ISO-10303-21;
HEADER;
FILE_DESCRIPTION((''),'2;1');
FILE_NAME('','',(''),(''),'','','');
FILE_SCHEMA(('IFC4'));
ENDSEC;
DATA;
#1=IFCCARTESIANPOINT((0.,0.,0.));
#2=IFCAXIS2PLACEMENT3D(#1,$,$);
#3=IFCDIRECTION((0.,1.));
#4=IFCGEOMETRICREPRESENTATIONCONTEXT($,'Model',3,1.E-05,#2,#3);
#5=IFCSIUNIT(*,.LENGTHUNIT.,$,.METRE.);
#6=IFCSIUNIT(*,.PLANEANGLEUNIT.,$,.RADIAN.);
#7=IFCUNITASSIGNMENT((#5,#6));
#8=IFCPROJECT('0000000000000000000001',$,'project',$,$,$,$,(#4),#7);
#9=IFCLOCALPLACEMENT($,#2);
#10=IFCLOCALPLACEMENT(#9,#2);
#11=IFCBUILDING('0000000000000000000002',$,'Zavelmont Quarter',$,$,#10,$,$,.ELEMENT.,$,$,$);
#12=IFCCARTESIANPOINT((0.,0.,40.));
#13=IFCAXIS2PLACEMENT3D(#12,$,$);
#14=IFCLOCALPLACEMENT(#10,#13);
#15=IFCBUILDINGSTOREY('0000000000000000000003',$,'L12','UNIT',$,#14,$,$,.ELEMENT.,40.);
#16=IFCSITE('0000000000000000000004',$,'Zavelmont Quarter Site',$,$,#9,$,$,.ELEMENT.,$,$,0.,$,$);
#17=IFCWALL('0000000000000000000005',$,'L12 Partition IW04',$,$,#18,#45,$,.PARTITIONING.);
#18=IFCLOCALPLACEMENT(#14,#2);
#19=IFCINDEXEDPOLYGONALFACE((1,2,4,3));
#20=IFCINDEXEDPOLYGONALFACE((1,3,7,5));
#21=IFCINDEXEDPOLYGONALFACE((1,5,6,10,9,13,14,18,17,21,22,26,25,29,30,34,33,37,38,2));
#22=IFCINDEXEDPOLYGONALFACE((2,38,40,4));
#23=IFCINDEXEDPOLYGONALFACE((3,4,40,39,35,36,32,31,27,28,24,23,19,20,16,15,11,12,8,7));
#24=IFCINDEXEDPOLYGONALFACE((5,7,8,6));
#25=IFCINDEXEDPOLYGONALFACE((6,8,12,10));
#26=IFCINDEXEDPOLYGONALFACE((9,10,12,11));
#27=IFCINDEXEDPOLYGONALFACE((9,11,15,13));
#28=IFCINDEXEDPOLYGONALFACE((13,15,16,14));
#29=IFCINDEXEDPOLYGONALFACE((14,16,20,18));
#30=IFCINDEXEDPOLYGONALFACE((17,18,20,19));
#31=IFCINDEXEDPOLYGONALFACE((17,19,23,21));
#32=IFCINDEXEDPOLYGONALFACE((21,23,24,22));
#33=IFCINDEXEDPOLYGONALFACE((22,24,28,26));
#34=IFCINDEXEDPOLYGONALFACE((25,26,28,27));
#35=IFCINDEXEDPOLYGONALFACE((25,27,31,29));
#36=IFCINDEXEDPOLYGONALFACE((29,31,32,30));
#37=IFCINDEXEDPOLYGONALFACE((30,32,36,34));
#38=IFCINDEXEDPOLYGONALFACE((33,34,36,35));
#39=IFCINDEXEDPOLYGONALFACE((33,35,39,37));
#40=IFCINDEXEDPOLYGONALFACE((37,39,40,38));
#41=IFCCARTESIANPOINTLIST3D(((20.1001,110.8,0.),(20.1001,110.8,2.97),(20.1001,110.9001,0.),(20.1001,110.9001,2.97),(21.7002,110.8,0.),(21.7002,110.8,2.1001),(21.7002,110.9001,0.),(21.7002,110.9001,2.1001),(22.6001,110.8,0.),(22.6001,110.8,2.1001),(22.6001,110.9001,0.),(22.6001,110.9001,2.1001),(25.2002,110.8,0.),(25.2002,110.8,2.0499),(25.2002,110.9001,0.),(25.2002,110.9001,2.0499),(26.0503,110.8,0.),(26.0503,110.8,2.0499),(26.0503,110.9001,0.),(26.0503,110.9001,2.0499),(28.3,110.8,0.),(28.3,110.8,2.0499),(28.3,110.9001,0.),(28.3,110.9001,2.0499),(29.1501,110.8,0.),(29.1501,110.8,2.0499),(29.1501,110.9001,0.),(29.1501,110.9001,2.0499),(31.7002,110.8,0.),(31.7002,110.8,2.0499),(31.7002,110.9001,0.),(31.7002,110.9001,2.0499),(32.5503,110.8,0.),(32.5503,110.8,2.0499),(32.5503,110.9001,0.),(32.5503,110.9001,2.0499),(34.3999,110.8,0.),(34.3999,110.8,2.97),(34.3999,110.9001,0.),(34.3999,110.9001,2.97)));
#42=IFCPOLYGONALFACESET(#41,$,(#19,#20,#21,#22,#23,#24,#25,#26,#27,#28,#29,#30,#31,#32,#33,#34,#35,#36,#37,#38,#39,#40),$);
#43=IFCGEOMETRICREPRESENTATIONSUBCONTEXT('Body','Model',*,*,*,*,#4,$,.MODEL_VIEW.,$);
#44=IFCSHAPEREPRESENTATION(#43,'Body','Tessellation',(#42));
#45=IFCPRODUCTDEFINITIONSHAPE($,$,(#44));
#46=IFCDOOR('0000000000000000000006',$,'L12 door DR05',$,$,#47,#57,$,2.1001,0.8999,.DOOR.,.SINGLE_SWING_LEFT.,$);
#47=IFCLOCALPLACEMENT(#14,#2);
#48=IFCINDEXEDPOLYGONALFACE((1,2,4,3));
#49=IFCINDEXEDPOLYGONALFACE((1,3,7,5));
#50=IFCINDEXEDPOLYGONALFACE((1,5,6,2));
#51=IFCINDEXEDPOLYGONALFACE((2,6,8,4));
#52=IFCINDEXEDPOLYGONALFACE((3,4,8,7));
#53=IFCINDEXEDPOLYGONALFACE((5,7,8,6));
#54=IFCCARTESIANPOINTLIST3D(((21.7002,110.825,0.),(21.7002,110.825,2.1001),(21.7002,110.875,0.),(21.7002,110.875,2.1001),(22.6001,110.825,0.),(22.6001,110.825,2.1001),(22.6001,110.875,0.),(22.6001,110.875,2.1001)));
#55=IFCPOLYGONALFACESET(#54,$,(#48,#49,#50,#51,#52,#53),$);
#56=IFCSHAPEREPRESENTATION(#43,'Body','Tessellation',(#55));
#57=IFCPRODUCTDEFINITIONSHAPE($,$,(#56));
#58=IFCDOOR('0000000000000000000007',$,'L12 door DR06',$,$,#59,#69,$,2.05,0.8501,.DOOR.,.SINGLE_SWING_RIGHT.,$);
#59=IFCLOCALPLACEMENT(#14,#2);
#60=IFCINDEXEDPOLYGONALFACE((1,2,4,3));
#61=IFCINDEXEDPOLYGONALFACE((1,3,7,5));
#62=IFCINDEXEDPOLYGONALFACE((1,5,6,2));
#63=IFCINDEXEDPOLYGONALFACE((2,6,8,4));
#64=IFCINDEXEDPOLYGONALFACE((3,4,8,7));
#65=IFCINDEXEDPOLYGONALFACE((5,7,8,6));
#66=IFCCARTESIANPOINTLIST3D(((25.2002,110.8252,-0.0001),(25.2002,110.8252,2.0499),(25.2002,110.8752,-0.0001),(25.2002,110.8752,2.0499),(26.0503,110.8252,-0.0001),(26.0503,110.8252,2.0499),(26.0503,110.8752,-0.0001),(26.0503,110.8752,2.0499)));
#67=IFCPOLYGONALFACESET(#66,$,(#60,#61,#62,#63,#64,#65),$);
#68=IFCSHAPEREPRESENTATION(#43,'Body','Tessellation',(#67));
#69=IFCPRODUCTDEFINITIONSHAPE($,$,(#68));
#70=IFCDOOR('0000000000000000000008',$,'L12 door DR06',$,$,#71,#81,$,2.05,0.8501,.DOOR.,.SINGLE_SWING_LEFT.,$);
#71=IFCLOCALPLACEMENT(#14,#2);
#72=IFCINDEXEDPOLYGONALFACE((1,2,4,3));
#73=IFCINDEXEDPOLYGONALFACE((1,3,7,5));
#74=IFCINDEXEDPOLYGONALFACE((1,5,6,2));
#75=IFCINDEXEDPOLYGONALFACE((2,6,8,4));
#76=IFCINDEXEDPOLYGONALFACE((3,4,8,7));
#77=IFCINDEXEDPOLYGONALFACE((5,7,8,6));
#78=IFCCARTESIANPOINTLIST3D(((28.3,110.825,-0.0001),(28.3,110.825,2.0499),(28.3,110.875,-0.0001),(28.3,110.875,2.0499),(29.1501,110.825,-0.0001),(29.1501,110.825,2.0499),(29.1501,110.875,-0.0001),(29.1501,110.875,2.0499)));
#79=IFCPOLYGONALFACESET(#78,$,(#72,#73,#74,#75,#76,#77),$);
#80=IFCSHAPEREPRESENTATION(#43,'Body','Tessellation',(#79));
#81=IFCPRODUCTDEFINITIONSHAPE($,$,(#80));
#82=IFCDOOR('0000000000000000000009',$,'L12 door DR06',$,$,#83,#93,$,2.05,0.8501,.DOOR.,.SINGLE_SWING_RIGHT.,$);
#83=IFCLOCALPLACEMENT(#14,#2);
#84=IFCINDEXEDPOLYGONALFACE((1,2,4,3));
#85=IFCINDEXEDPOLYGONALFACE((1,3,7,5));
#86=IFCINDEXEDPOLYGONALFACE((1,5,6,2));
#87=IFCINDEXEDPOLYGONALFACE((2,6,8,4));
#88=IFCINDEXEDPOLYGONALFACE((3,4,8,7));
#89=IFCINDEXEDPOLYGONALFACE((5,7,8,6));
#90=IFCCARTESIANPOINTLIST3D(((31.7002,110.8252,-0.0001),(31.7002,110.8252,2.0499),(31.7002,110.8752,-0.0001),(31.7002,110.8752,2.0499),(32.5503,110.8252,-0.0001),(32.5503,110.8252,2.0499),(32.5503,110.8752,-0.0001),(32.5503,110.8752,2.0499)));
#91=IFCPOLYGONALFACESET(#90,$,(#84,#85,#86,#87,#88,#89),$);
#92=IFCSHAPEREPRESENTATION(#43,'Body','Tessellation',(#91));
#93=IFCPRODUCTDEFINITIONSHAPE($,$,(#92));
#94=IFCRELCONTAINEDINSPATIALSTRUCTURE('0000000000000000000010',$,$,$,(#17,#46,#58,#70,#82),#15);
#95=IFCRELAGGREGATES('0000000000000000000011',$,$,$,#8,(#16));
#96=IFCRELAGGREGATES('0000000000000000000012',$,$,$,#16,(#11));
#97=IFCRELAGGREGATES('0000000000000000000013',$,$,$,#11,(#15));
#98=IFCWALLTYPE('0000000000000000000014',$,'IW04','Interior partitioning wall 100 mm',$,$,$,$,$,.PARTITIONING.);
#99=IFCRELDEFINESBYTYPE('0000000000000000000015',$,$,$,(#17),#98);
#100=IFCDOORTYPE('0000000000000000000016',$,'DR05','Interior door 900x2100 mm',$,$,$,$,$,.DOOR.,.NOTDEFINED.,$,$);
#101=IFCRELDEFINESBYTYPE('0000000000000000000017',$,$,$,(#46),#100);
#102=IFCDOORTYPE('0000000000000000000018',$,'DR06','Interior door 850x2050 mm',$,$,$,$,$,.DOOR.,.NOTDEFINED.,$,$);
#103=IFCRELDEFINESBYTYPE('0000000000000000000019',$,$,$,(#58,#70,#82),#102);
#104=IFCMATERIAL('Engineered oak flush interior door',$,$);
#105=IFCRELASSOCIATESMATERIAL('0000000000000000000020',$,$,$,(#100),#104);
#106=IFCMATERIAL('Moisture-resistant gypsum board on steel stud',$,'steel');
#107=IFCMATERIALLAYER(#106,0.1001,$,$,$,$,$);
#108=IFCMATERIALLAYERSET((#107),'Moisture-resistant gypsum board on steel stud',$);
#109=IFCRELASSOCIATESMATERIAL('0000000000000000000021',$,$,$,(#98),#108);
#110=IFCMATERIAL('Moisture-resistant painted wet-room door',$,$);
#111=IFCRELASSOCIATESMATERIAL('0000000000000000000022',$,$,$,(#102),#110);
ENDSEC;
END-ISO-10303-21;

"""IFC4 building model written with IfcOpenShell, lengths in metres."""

from ifc_helpers import new_model, si_unit, direction, frame, frame_2d, origin, origin_with_axes, place, context, subcontext, project, spatial, rectangle, extrude, material, layer, layer_set, type_object, element, fill, save


model = new_model("IFC4")

# Units and contexts
model_context = context("Model", 3, precision=1e-05, world=origin(), true_north=direction((0.0, 1.0)))
body_context = subcontext(model_context, "Body", "Model", "MODEL_VIEW")
ifc_project = project(units=[si_unit("LENGTHUNIT", "METRE"), si_unit("PLANEANGLEUNIT", "RADIAN")], contexts=[model_context])

# Site, building, storey
site_placement = place(None, origin())
site = spatial("IfcSite", under=ifc_project, at=site_placement, Name="Zavelmont Quarter Site", CompositionType="ELEMENT", RefElevation=0.0)
building_placement = place(site_placement, origin())
building = spatial("IfcBuilding", under=site, at=building_placement, Name="Zavelmont Quarter", CompositionType="ELEMENT")
storey_placement = place(building_placement, frame((0.0, 0.0, 40.0)))
storey = spatial("IfcBuildingStorey", under=building, at=storey_placement, Name="L12", Description="UNIT", CompositionType="ELEMENT", Elevation=40.0)

# Shared definitions
ifc_material_1 = material(Name="Engineered oak flush interior door")
door_type_1 = type_object("IfcDoorType", Name="DR05", Description="Interior door 900x2100 mm", OperationType="NOTDEFINED", PredefinedType="DOOR", material=ifc_material_1)

# Wall, openings, doors
ifc_material_2 = material(Name="Moisture-resistant gypsum board on steel stud", Category="steel")
ifc_layer_1 = layer(ifc_material_2, 0.1001)
ifc_layer_set_1 = layer_set([ifc_layer_1], Name="Moisture-resistant gypsum board on steel stud")
wall_type_1 = type_object("IfcWallType", Name="IW04", Description="Interior partitioning wall 100 mm", PredefinedType="PARTITIONING", material=ifc_layer_set_1)
wall_1_placement = place(storey_placement, frame((20.1001, 110.8501, 0.0), z_axis=(0.0, 0.0, 1.0), x_axis=(1.0, 0.0, 0.0)))
wall_1 = element("IfcWall", 1, at=wall_1_placement, inside=storey, type_object=wall_type_1, Name="L12 Partition IW04", PredefinedType="PARTITIONING", context=body_context, shape_type="SweptSolid", body=[
    extrude(rectangle(XDim=14.2998, YDim=0.1001, at=frame_2d((7.1499, 0.0))), origin(), (0.0, 0.0, 1.0), 2.97),
])
opening_1_placement = place(wall_1_placement, frame((1.6001, 0.0, 0.0)))
opening_1 = element("IfcOpeningElement", 2, at=opening_1_placement, cuts=wall_1, PredefinedType="OPENING", context=body_context, shape_type="SweptSolid", body=[
    extrude(rectangle(XDim=0.8999, YDim=2.1001, at=frame_2d((0.45, 1.05))), frame((0.0, 0.062, 0.0), z_axis=(0.0, -1.0, 0.0), x_axis=(1.0, 0.0, 0.0)), (0.0, 0.0, 1.0), 0.124),
])
opening_2_placement = place(wall_1_placement, frame((5.1001, 0.0, 0.0)))
opening_2 = element("IfcOpeningElement", 3, at=opening_2_placement, cuts=wall_1, PredefinedType="OPENING", context=body_context, shape_type="SweptSolid", body=[
    extrude(rectangle(XDim=0.8501, YDim=2.05, at=frame_2d((0.425, 1.0249))), frame((0.0, 0.062, 0.0), z_axis=(0.0, -1.0, 0.0), x_axis=(1.0, 0.0, 0.0)), (0.0, 0.0, 1.0), 0.124),
])
opening_3_placement = place(wall_1_placement, frame((8.2, 0.0, 0.0)))
opening_3 = element("IfcOpeningElement", 4, at=opening_3_placement, cuts=wall_1, PredefinedType="OPENING", context=body_context, shape_type="SweptSolid", body=[
    extrude(rectangle(XDim=0.8501, YDim=2.05, at=frame_2d((0.425, 1.0249))), frame((0.0, 0.062, 0.0), z_axis=(0.0, -1.0, 0.0), x_axis=(1.0, 0.0, 0.0)), (0.0, 0.0, 1.0), 0.124),
])
opening_4_placement = place(wall_1_placement, frame((11.6001, 0.0, 0.0)))
opening_4 = element("IfcOpeningElement", 5, at=opening_4_placement, cuts=wall_1, PredefinedType="OPENING", context=body_context, shape_type="SweptSolid", body=[
    extrude(rectangle(XDim=0.8501, YDim=2.05, at=frame_2d((0.425, 1.0249))), frame((0.0, 0.062, 0.0), z_axis=(0.0, -1.0, 0.0), x_axis=(1.0, 0.0, 0.0)), (0.0, 0.0, 1.0), 0.124),
])
door_1_placement = place(opening_1_placement, origin_with_axes())
door_1 = element("IfcDoor", 6, at=door_1_placement, inside=storey, type_object=door_type_1, Name="L12 door DR05", OperationType="SINGLE_SWING_LEFT", OverallHeight=2.1001, OverallWidth=0.8999, PredefinedType="DOOR", context=body_context, shape_type="SweptSolid", body=[
    extrude(rectangle(XDim=0.8999, YDim=2.1001, at=frame_2d((0.45, 1.05))), frame((0.0, 0.0249, 0.0), z_axis=(0.0, -1.0, 0.0), x_axis=(1.0, 0.0, 0.0)), (0.0, 0.0, 1.0), 0.05),
])
fill(opening_1, door_1)
ifc_material_3 = material(Name="Moisture-resistant painted wet-room door")
door_type_2 = type_object("IfcDoorType", Name="DR06", Description="Interior door 850x2050 mm", OperationType="NOTDEFINED", PredefinedType="DOOR", material=ifc_material_3)
door_2_placement = place(opening_2_placement, frame((0.8501, 0.0, 0.0), z_axis=(0.0, 0.0, 1.0), x_axis=(-1.0, 0.0, 0.0)))
door_2 = element("IfcDoor", 7, at=door_2_placement, inside=storey, type_object=door_type_2, Name="L12 door DR06", OperationType="SINGLE_SWING_RIGHT", OverallHeight=2.05, OverallWidth=0.8501, PredefinedType="DOOR", context=body_context, shape_type="SweptSolid", body=[
    extrude(rectangle(XDim=0.8501, YDim=2.05, at=frame_2d((0.425, 1.0249))), frame((0.0, 0.0249, 0.0), z_axis=(0.0, -1.0, 0.0), x_axis=(1.0, 0.0, 0.0)), (0.0, 0.0, 1.0), 0.05),
])
fill(opening_2, door_2)
door_3_placement = place(opening_3_placement, origin_with_axes())
door_3 = element("IfcDoor", 8, at=door_3_placement, inside=storey, type_object=door_type_2, Name="L12 door DR06", OperationType="SINGLE_SWING_LEFT", OverallHeight=2.05, OverallWidth=0.8501, PredefinedType="DOOR", context=body_context, shape_type="SweptSolid", body=[
    extrude(rectangle(XDim=0.8501, YDim=2.05, at=frame_2d((0.425, 1.0249))), frame((0.0, 0.0249, 0.0), z_axis=(0.0, -1.0, 0.0), x_axis=(1.0, 0.0, 0.0)), (0.0, 0.0, 1.0), 0.05),
])
fill(opening_3, door_3)
door_4_placement = place(opening_4_placement, frame((0.8501, 0.0, 0.0), z_axis=(0.0, 0.0, 1.0), x_axis=(-1.0, 0.0, 0.0)))
door_4 = element("IfcDoor", 9, at=door_4_placement, inside=storey, type_object=door_type_2, Name="L12 door DR06", OperationType="SINGLE_SWING_RIGHT", OverallHeight=2.05, OverallWidth=0.8501, PredefinedType="DOOR", context=body_context, shape_type="SweptSolid", body=[
    extrude(rectangle(XDim=0.8501, YDim=2.05, at=frame_2d((0.425, 1.0249))), frame((0.0, 0.0249, 0.0), z_axis=(0.0, -1.0, 0.0), x_axis=(1.0, 0.0, 0.0)), (0.0, 0.0, 1.0), 0.05),
])
fill(opening_4, door_4)

save(model, "model.ifc")
